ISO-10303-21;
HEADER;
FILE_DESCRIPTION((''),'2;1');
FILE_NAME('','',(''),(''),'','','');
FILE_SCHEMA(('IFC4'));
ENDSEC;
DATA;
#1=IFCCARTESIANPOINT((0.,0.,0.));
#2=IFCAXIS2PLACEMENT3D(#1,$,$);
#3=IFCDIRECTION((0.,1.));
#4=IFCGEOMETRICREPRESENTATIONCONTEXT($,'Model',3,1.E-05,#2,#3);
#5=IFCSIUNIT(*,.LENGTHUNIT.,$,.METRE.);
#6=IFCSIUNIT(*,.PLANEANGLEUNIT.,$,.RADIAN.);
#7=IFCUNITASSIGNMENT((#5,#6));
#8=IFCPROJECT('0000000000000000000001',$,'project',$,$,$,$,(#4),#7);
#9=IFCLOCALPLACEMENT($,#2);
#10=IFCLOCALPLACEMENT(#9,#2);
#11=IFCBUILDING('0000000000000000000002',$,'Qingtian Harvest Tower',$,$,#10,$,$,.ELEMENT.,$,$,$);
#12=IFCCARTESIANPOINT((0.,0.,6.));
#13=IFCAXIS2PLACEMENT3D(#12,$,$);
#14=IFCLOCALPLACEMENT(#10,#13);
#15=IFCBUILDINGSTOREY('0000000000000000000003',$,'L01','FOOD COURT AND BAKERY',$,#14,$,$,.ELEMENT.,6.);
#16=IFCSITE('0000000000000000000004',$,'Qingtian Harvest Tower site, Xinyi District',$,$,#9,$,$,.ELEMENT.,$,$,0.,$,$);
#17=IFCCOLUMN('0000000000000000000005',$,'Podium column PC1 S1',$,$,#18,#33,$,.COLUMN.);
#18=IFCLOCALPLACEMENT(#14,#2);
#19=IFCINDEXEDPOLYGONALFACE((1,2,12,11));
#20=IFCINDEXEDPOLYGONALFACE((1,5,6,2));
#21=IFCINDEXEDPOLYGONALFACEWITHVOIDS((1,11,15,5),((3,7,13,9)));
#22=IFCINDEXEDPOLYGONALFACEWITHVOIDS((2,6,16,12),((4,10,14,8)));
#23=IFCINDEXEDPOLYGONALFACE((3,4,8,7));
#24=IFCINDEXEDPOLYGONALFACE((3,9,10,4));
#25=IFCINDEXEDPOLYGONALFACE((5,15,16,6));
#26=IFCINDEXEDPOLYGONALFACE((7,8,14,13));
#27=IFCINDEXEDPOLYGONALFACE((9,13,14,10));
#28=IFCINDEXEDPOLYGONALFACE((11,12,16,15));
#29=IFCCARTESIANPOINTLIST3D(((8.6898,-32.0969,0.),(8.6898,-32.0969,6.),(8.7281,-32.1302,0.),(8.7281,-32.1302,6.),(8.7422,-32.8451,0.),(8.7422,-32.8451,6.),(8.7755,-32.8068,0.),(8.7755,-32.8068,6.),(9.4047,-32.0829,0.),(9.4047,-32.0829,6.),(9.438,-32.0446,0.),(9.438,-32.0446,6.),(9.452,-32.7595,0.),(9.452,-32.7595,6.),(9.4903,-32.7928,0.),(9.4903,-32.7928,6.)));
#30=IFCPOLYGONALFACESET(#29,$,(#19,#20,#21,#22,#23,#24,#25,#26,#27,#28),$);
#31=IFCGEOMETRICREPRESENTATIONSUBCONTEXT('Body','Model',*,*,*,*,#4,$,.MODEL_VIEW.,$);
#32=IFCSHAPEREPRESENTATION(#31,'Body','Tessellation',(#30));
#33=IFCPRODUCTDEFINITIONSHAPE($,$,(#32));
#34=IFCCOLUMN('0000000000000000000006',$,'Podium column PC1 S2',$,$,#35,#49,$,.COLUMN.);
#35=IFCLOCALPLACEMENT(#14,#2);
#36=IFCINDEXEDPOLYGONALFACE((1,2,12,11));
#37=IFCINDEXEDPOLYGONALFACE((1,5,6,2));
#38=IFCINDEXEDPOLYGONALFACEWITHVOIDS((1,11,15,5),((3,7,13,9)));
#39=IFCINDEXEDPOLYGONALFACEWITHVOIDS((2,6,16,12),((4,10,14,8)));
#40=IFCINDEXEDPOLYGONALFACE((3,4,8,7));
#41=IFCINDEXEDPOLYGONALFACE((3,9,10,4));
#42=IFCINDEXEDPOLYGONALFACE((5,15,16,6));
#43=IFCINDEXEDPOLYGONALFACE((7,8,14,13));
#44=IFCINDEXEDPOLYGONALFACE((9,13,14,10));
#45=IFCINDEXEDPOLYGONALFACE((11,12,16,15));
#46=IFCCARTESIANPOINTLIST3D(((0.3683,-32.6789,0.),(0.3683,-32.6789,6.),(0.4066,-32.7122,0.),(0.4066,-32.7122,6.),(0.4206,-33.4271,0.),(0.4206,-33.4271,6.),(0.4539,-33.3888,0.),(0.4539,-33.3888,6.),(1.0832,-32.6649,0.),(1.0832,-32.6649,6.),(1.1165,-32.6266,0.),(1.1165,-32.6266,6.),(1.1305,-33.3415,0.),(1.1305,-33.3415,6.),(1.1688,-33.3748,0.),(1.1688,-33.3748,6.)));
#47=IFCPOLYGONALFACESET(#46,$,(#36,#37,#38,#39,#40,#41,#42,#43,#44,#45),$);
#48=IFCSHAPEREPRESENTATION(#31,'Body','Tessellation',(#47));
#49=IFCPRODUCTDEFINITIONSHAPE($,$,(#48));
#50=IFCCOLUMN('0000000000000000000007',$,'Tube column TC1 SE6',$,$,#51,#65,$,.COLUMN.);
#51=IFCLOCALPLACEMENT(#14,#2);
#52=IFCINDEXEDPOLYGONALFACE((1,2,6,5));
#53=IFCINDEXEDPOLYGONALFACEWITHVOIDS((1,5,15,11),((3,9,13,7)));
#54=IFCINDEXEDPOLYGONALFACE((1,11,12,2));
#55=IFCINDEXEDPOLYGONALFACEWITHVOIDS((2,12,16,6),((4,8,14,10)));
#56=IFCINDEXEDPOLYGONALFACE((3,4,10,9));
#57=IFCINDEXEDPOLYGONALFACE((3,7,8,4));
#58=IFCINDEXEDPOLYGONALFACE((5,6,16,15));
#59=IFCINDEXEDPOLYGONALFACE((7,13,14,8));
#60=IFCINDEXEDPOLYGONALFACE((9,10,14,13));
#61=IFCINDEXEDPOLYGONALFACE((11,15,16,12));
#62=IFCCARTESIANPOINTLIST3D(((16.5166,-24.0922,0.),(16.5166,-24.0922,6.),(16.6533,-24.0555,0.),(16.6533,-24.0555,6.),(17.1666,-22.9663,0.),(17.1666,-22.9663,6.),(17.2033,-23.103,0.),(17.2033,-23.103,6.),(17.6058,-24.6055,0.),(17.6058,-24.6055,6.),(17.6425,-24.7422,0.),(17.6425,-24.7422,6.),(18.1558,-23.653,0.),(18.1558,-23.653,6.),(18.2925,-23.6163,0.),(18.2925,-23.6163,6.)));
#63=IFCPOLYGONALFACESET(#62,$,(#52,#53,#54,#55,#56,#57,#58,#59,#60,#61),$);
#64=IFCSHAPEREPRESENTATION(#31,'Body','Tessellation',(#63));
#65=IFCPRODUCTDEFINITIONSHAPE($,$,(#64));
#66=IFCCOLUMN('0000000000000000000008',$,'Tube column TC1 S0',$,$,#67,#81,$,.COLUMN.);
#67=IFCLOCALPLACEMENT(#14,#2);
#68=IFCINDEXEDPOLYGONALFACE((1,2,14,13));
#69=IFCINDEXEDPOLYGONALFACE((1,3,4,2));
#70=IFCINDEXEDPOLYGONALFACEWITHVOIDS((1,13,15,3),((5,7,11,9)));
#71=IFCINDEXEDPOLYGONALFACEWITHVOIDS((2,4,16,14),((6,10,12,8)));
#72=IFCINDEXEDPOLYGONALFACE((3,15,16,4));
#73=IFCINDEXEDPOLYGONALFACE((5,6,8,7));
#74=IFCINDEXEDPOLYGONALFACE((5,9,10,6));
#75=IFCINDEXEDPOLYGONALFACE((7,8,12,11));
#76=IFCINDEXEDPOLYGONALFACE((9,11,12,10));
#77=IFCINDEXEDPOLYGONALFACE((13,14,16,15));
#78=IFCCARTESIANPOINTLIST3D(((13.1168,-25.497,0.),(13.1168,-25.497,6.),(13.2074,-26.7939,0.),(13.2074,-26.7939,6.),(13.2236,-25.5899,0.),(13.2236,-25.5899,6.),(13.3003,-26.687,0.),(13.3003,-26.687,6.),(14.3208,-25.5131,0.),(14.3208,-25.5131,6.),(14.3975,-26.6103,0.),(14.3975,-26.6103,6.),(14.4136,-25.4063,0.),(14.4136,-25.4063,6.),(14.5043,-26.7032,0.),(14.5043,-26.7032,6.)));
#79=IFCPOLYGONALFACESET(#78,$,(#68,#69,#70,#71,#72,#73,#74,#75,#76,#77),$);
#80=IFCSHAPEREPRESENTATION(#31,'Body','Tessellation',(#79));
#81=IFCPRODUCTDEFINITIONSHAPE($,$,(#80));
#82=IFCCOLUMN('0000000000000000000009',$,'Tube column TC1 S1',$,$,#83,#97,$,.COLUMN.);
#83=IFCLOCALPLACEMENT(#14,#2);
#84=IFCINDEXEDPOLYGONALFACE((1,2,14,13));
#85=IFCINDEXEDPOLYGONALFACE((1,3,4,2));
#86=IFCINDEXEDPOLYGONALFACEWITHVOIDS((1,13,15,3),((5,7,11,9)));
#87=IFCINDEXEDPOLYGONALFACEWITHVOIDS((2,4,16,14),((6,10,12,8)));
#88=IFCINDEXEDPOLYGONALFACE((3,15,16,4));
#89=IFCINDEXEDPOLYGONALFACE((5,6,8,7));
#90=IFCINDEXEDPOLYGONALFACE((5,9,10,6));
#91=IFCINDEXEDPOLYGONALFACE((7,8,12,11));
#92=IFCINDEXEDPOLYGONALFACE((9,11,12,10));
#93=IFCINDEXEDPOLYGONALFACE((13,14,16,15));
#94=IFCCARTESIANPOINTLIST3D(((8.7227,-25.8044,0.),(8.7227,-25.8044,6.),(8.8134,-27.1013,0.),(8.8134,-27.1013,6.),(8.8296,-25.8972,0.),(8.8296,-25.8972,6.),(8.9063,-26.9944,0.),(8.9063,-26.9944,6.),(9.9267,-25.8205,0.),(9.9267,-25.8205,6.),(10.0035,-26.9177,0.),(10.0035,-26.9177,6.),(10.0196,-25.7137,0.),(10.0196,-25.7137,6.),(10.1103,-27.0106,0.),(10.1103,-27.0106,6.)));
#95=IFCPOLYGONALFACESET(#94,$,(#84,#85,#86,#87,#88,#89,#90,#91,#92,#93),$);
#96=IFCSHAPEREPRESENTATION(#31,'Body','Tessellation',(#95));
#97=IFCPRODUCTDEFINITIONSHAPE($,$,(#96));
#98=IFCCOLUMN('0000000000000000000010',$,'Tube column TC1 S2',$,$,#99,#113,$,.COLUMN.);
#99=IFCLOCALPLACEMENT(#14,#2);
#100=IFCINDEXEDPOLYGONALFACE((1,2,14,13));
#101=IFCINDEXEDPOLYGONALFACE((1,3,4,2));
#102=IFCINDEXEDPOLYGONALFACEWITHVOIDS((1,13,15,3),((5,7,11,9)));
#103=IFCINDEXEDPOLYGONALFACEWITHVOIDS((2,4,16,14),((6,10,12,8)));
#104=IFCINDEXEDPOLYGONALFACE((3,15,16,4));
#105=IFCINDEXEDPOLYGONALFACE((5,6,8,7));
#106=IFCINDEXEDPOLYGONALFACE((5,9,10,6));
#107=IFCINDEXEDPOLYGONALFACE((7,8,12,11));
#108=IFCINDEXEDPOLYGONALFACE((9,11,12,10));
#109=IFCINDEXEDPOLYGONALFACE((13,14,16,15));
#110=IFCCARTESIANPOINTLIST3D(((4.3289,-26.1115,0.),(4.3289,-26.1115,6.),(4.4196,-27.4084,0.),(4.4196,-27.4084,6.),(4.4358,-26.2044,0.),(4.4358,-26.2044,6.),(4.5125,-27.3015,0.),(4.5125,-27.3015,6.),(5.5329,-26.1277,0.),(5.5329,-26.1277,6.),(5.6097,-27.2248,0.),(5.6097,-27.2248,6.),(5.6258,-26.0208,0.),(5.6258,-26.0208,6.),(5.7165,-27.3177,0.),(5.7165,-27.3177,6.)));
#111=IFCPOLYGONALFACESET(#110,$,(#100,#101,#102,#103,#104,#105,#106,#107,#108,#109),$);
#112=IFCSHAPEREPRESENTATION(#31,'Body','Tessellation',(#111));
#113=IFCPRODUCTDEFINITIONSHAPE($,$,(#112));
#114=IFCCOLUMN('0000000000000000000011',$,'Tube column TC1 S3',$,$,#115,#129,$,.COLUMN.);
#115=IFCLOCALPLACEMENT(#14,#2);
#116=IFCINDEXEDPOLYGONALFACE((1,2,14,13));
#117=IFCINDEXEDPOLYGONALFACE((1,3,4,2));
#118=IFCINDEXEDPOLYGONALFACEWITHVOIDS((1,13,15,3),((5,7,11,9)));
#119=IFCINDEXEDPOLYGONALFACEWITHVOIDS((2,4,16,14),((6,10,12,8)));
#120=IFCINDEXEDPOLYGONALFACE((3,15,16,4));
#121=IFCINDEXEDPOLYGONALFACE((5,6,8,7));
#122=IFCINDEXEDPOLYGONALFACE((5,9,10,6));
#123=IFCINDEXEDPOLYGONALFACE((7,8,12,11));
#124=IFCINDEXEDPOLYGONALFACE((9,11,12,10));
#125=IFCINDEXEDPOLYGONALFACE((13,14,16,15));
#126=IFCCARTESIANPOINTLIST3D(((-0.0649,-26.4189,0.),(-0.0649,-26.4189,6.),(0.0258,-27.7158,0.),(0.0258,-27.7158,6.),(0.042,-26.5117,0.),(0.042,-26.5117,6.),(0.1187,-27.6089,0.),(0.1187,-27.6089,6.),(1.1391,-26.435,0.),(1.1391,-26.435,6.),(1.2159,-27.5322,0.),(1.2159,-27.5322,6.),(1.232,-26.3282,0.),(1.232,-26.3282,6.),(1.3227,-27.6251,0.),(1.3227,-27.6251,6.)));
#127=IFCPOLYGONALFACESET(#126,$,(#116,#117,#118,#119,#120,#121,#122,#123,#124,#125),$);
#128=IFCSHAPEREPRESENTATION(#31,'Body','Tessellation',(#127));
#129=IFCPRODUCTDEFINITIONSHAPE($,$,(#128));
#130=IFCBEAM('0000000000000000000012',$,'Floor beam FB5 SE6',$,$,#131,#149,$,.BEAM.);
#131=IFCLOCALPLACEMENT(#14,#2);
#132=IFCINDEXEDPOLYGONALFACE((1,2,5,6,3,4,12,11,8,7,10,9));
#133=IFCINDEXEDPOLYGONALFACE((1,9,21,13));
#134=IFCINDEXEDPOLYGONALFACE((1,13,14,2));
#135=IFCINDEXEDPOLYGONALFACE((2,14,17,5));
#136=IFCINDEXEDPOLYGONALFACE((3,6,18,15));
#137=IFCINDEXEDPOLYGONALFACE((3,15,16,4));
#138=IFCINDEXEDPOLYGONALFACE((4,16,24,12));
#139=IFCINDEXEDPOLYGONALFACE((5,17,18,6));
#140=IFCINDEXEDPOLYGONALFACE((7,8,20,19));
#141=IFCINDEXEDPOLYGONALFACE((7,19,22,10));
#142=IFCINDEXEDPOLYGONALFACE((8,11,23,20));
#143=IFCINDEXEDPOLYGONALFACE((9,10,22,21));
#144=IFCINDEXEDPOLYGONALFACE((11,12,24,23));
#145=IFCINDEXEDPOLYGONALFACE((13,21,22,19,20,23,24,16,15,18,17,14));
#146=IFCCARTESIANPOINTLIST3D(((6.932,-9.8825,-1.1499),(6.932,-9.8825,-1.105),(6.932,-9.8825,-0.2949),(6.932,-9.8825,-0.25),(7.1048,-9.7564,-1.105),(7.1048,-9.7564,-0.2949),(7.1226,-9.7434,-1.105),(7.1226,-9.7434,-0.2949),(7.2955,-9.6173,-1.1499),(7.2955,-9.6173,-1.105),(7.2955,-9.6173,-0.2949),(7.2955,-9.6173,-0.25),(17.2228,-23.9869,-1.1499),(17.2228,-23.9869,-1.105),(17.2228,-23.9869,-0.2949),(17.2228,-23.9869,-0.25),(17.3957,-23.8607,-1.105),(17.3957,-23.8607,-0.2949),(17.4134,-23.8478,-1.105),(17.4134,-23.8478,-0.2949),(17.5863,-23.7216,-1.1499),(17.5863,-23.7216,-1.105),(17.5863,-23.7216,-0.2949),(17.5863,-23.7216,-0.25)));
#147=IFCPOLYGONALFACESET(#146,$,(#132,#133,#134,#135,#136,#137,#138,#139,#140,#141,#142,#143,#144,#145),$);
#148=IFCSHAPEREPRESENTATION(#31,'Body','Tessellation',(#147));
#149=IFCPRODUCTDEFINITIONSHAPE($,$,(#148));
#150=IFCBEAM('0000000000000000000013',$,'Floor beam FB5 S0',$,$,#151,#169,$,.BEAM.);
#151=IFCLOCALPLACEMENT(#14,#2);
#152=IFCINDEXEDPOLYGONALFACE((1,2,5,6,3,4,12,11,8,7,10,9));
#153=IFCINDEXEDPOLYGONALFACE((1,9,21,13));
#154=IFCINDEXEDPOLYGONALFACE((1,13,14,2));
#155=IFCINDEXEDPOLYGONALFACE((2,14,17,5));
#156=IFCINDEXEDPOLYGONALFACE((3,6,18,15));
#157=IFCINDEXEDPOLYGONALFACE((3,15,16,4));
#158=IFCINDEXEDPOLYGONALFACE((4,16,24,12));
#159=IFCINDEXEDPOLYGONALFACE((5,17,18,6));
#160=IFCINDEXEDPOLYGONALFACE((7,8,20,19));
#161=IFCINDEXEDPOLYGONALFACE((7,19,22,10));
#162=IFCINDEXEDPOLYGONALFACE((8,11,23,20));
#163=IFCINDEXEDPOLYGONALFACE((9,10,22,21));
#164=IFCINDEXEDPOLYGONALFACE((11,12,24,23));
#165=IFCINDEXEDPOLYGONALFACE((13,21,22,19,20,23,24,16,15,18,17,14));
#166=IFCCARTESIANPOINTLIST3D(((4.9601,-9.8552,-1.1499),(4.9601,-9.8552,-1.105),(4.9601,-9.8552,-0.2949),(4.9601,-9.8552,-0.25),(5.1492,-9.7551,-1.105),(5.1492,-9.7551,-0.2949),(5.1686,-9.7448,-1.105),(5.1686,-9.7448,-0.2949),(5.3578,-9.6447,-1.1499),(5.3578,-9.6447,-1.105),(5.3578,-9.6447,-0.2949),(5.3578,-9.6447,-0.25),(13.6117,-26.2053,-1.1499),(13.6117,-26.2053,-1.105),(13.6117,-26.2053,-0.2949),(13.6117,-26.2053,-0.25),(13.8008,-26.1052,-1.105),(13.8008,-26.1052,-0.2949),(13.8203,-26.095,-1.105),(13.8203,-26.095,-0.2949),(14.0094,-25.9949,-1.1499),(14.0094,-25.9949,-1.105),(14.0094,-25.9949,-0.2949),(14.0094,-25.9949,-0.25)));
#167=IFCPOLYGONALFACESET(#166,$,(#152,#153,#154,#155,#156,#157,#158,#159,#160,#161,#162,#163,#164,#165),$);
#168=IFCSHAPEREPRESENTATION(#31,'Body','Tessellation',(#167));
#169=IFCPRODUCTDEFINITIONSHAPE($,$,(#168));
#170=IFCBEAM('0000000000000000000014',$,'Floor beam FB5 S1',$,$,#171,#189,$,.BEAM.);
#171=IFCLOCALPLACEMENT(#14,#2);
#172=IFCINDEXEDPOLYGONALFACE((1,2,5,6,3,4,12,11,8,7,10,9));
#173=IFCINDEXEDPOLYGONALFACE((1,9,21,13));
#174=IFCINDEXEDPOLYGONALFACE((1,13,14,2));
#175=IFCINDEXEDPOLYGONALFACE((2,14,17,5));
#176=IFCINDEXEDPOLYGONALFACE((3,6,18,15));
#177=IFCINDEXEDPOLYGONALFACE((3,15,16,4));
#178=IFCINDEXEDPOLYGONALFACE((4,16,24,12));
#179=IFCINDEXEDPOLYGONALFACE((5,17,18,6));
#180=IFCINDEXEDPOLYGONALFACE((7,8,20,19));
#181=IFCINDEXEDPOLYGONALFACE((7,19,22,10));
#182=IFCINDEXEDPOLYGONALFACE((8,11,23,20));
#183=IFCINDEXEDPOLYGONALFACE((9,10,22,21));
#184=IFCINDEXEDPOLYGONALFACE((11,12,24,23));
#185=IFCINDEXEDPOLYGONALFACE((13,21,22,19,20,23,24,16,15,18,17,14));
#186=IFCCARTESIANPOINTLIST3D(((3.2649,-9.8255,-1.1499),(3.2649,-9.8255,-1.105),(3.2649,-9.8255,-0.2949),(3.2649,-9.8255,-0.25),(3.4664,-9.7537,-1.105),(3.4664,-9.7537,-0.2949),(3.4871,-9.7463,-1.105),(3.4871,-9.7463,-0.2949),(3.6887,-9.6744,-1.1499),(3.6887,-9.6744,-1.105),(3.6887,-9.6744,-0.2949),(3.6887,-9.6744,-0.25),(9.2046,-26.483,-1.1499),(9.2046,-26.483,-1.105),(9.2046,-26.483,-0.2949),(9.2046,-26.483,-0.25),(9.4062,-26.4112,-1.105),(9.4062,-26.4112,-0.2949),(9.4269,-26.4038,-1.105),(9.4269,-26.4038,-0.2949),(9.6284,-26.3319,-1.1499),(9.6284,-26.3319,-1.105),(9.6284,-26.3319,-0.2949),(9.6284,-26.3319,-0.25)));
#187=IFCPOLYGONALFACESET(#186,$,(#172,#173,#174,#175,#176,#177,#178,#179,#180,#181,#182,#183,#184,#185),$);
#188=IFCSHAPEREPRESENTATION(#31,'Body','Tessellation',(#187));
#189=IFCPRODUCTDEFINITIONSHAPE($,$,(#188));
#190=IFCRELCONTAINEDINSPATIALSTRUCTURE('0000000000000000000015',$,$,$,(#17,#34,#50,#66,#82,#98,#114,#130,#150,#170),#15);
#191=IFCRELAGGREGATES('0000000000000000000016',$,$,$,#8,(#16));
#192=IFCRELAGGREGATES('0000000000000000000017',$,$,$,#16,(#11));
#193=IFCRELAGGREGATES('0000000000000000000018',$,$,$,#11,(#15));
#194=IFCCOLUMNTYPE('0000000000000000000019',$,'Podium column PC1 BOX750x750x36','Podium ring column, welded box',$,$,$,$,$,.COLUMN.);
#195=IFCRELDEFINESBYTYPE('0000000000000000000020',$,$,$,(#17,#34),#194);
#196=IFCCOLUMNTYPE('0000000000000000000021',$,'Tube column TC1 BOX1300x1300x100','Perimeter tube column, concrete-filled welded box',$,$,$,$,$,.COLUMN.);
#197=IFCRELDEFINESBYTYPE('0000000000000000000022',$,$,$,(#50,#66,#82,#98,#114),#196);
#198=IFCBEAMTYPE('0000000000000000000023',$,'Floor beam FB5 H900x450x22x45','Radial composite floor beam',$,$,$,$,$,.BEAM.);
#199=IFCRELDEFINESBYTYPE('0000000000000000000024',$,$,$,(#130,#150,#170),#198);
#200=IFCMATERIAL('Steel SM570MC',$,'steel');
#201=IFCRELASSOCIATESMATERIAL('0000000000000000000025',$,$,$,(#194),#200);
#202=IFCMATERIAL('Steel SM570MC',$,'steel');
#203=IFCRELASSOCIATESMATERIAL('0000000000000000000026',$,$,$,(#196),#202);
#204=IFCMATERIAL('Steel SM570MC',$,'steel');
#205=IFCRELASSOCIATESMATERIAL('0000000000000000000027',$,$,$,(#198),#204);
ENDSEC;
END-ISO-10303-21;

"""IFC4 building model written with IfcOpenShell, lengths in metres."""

from ifc_helpers import new_model, si_unit, direction, frame, origin, origin_2d, place, context, subcontext, project, spatial, hollow_rectangle, i_section, extrude, material, material_profile, profile_set, type_object, element, save


model = new_model("IFC4")

# Units and contexts
model_context = context("Model", 3, precision=1e-05, world=origin(), true_north=direction((0.0, 1.0)))
body_context = subcontext(model_context, "Body", "Model", "MODEL_VIEW")
ifc_project = project(units=[si_unit("LENGTHUNIT", "METRE"), si_unit("PLANEANGLEUNIT", "RADIAN")], contexts=[model_context])

# Site, building, storey
site_placement = place(None, origin())
site = spatial("IfcSite", under=ifc_project, at=site_placement, Name="Qingtian Harvest Tower site, Xinyi District", CompositionType="ELEMENT", RefElevation=0.0)
building_placement = place(site_placement, origin())
building = spatial("IfcBuilding", under=site, at=building_placement, Name="Qingtian Harvest Tower", CompositionType="ELEMENT")
storey_placement = place(building_placement, frame((0.0, 0.0, 6.0)))
storey = spatial("IfcBuildingStorey", under=building, at=storey_placement, Name="L01", Description="FOOD COURT AND BAKERY", CompositionType="ELEMENT", Elevation=6.0)

# Columns
ifc_material_1 = material(Name="Steel SM570MC", Category="steel")
ifc_material_profile_1 = material_profile(ifc_material_1, hollow_rectangle(XDim=0.75, YDim=0.75, WallThickness=0.0359, at=origin_2d()), Name="BOX750x750x36")
ifc_profile_set_1 = profile_set([ifc_material_profile_1], Name="Steel SM570MC")
column_type_1 = type_object("IfcColumnType", Name="Podium column PC1 BOX750x750x36", Description="Podium ring column, welded box", PredefinedType="COLUMN", material=ifc_profile_set_1)
for number, where, z_axis, x_axis, name in (
    (1, (9.0901, -32.4448, 0.0), (0.0, 0.0, 1.0), (0.997564, 0.069756, 0.0), "Podium column PC1 S1"),
    (2, (0.7686, -33.0269, 0.0), (0.0, 0.0, 1.0), (0.997564, 0.069756, 0.0), "Podium column PC1 S2"),
):
    element("IfcColumn", number, at=place(storey_placement, frame(where, z_axis=z_axis, x_axis=x_axis)), inside=storey, type_object=column_type_1, Name=name, PredefinedType="COLUMN", context=body_context, shape_type="SweptSolid", body=[
        extrude(hollow_rectangle(XDim=0.75, YDim=0.75, WallThickness=0.0359, at=origin_2d()), origin(), (0.0, 0.0, 1.0), 6.0),
    ])
ifc_material_2 = material(Name="Steel SM570MC", Category="steel")
ifc_material_profile_2 = material_profile(ifc_material_2, hollow_rectangle(XDim=1.3, YDim=1.3, WallThickness=0.1001, at=origin_2d()), Name="BOX1300x1300x100")
ifc_profile_set_2 = profile_set([ifc_material_profile_2], Name="Steel SM570MC")
column_type_2 = type_object("IfcColumnType", Name="Tube column TC1 BOX1300x1300x100", Description="Perimeter tube column, concrete-filled welded box", PredefinedType="COLUMN", material=ifc_profile_set_2)
for number, where, z_axis, x_axis, name in (
    (3, (17.4045, -23.8542, 0.0), (0.0, 0.0, 1.0), (0.5, 0.866025, 0.0), "Tube column TC1 SE6"),
    (4, (13.8105, -26.1001, 0.0), (0.0, 0.0, 1.0), (0.997564, 0.069756, 0.0), "Tube column TC1 S0"),
    (5, (9.4165, -26.4075, 0.0), (0.0, 0.0, 1.0), (0.997564, 0.069756, 0.0), "Tube column TC1 S1"),
    (6, (5.0227, -26.7146, 0.0), (0.0, 0.0, 1.0), (0.997564, 0.069756, 0.0), "Tube column TC1 S2"),
    (7, (0.6289, -27.022, 0.0), (0.0, 0.0, 1.0), (0.997564, 0.069756, 0.0), "Tube column TC1 S3"),
):
    element("IfcColumn", number, at=place(storey_placement, frame(where, z_axis=z_axis, x_axis=x_axis)), inside=storey, type_object=column_type_2, Name=name, PredefinedType="COLUMN", context=body_context, shape_type="SweptSolid", body=[
        extrude(hollow_rectangle(XDim=1.3, YDim=1.3, WallThickness=0.1001, at=origin_2d()), origin(), (0.0, 0.0, 1.0), 6.0),
    ])

# Beams
ifc_material_3 = material(Name="Steel SM570MC", Category="steel")
ifc_material_profile_3 = material_profile(ifc_material_3, i_section(OverallWidth=0.45, OverallDepth=0.8999, WebThickness=0.022, FlangeThickness=0.0449, at=origin_2d()), Name="H900x450x22x45")
ifc_profile_set_3 = profile_set([ifc_material_profile_3], Name="Steel SM570MC")
beam_type_1 = type_object("IfcBeamType", Name="Floor beam FB5 H900x450x22x45", Description="Radial composite floor beam", PredefinedType="BEAM", material=ifc_profile_set_3)
beam_1_placement = place(storey_placement, frame((17.4045, -23.8542, -0.7), z_axis=(-0.589412, 0.807832, 0.0), x_axis=(-0.807832, -0.589412, 0.0)))
element("IfcBeam", 8, at=beam_1_placement, inside=storey, type_object=beam_type_1, Name="Floor beam FB5 SE6", PredefinedType="BEAM", context=body_context, shape_type="SweptSolid", body=[
    extrude(i_section(OverallWidth=0.45, OverallDepth=0.8999, WebThickness=0.022, FlangeThickness=0.0449, at=origin_2d()), origin(), (0.0, 0.0, 1.0), 17.4595),
])
beam_2_placement = place(storey_placement, frame((13.8105, -26.1001, -0.7), z_axis=(-0.467705, 0.883885, 0.0), x_axis=(-0.883885, -0.467705, 0.0)))
element("IfcBeam", 9, at=beam_2_placement, inside=storey, type_object=beam_type_1, Name="Floor beam FB5 S0", PredefinedType="BEAM", context=body_context, shape_type="SweptSolid", body=[
    extrude(i_section(OverallWidth=0.45, OverallDepth=0.8999, WebThickness=0.022, FlangeThickness=0.0449, at=origin_2d()), origin(), (0.0, 0.0, 1.0), 18.498),
])
beam_3_placement = place(storey_placement, frame((9.4165, -26.4075, -0.7), z_axis=(-0.335865, 0.94191, 0.0), x_axis=(-0.94191, -0.335865, 0.0)))
element("IfcBeam", 10, at=beam_3_placement, inside=storey, type_object=beam_type_1, Name="Floor beam FB5 S1", PredefinedType="BEAM", context=body_context, shape_type="SweptSolid", body=[
    extrude(i_section(OverallWidth=0.45, OverallDepth=0.8999, WebThickness=0.022, FlangeThickness=0.0449, at=origin_2d()), origin(), (0.0, 0.0, 1.0), 17.6848),
])

save(model, "model.ifc")
